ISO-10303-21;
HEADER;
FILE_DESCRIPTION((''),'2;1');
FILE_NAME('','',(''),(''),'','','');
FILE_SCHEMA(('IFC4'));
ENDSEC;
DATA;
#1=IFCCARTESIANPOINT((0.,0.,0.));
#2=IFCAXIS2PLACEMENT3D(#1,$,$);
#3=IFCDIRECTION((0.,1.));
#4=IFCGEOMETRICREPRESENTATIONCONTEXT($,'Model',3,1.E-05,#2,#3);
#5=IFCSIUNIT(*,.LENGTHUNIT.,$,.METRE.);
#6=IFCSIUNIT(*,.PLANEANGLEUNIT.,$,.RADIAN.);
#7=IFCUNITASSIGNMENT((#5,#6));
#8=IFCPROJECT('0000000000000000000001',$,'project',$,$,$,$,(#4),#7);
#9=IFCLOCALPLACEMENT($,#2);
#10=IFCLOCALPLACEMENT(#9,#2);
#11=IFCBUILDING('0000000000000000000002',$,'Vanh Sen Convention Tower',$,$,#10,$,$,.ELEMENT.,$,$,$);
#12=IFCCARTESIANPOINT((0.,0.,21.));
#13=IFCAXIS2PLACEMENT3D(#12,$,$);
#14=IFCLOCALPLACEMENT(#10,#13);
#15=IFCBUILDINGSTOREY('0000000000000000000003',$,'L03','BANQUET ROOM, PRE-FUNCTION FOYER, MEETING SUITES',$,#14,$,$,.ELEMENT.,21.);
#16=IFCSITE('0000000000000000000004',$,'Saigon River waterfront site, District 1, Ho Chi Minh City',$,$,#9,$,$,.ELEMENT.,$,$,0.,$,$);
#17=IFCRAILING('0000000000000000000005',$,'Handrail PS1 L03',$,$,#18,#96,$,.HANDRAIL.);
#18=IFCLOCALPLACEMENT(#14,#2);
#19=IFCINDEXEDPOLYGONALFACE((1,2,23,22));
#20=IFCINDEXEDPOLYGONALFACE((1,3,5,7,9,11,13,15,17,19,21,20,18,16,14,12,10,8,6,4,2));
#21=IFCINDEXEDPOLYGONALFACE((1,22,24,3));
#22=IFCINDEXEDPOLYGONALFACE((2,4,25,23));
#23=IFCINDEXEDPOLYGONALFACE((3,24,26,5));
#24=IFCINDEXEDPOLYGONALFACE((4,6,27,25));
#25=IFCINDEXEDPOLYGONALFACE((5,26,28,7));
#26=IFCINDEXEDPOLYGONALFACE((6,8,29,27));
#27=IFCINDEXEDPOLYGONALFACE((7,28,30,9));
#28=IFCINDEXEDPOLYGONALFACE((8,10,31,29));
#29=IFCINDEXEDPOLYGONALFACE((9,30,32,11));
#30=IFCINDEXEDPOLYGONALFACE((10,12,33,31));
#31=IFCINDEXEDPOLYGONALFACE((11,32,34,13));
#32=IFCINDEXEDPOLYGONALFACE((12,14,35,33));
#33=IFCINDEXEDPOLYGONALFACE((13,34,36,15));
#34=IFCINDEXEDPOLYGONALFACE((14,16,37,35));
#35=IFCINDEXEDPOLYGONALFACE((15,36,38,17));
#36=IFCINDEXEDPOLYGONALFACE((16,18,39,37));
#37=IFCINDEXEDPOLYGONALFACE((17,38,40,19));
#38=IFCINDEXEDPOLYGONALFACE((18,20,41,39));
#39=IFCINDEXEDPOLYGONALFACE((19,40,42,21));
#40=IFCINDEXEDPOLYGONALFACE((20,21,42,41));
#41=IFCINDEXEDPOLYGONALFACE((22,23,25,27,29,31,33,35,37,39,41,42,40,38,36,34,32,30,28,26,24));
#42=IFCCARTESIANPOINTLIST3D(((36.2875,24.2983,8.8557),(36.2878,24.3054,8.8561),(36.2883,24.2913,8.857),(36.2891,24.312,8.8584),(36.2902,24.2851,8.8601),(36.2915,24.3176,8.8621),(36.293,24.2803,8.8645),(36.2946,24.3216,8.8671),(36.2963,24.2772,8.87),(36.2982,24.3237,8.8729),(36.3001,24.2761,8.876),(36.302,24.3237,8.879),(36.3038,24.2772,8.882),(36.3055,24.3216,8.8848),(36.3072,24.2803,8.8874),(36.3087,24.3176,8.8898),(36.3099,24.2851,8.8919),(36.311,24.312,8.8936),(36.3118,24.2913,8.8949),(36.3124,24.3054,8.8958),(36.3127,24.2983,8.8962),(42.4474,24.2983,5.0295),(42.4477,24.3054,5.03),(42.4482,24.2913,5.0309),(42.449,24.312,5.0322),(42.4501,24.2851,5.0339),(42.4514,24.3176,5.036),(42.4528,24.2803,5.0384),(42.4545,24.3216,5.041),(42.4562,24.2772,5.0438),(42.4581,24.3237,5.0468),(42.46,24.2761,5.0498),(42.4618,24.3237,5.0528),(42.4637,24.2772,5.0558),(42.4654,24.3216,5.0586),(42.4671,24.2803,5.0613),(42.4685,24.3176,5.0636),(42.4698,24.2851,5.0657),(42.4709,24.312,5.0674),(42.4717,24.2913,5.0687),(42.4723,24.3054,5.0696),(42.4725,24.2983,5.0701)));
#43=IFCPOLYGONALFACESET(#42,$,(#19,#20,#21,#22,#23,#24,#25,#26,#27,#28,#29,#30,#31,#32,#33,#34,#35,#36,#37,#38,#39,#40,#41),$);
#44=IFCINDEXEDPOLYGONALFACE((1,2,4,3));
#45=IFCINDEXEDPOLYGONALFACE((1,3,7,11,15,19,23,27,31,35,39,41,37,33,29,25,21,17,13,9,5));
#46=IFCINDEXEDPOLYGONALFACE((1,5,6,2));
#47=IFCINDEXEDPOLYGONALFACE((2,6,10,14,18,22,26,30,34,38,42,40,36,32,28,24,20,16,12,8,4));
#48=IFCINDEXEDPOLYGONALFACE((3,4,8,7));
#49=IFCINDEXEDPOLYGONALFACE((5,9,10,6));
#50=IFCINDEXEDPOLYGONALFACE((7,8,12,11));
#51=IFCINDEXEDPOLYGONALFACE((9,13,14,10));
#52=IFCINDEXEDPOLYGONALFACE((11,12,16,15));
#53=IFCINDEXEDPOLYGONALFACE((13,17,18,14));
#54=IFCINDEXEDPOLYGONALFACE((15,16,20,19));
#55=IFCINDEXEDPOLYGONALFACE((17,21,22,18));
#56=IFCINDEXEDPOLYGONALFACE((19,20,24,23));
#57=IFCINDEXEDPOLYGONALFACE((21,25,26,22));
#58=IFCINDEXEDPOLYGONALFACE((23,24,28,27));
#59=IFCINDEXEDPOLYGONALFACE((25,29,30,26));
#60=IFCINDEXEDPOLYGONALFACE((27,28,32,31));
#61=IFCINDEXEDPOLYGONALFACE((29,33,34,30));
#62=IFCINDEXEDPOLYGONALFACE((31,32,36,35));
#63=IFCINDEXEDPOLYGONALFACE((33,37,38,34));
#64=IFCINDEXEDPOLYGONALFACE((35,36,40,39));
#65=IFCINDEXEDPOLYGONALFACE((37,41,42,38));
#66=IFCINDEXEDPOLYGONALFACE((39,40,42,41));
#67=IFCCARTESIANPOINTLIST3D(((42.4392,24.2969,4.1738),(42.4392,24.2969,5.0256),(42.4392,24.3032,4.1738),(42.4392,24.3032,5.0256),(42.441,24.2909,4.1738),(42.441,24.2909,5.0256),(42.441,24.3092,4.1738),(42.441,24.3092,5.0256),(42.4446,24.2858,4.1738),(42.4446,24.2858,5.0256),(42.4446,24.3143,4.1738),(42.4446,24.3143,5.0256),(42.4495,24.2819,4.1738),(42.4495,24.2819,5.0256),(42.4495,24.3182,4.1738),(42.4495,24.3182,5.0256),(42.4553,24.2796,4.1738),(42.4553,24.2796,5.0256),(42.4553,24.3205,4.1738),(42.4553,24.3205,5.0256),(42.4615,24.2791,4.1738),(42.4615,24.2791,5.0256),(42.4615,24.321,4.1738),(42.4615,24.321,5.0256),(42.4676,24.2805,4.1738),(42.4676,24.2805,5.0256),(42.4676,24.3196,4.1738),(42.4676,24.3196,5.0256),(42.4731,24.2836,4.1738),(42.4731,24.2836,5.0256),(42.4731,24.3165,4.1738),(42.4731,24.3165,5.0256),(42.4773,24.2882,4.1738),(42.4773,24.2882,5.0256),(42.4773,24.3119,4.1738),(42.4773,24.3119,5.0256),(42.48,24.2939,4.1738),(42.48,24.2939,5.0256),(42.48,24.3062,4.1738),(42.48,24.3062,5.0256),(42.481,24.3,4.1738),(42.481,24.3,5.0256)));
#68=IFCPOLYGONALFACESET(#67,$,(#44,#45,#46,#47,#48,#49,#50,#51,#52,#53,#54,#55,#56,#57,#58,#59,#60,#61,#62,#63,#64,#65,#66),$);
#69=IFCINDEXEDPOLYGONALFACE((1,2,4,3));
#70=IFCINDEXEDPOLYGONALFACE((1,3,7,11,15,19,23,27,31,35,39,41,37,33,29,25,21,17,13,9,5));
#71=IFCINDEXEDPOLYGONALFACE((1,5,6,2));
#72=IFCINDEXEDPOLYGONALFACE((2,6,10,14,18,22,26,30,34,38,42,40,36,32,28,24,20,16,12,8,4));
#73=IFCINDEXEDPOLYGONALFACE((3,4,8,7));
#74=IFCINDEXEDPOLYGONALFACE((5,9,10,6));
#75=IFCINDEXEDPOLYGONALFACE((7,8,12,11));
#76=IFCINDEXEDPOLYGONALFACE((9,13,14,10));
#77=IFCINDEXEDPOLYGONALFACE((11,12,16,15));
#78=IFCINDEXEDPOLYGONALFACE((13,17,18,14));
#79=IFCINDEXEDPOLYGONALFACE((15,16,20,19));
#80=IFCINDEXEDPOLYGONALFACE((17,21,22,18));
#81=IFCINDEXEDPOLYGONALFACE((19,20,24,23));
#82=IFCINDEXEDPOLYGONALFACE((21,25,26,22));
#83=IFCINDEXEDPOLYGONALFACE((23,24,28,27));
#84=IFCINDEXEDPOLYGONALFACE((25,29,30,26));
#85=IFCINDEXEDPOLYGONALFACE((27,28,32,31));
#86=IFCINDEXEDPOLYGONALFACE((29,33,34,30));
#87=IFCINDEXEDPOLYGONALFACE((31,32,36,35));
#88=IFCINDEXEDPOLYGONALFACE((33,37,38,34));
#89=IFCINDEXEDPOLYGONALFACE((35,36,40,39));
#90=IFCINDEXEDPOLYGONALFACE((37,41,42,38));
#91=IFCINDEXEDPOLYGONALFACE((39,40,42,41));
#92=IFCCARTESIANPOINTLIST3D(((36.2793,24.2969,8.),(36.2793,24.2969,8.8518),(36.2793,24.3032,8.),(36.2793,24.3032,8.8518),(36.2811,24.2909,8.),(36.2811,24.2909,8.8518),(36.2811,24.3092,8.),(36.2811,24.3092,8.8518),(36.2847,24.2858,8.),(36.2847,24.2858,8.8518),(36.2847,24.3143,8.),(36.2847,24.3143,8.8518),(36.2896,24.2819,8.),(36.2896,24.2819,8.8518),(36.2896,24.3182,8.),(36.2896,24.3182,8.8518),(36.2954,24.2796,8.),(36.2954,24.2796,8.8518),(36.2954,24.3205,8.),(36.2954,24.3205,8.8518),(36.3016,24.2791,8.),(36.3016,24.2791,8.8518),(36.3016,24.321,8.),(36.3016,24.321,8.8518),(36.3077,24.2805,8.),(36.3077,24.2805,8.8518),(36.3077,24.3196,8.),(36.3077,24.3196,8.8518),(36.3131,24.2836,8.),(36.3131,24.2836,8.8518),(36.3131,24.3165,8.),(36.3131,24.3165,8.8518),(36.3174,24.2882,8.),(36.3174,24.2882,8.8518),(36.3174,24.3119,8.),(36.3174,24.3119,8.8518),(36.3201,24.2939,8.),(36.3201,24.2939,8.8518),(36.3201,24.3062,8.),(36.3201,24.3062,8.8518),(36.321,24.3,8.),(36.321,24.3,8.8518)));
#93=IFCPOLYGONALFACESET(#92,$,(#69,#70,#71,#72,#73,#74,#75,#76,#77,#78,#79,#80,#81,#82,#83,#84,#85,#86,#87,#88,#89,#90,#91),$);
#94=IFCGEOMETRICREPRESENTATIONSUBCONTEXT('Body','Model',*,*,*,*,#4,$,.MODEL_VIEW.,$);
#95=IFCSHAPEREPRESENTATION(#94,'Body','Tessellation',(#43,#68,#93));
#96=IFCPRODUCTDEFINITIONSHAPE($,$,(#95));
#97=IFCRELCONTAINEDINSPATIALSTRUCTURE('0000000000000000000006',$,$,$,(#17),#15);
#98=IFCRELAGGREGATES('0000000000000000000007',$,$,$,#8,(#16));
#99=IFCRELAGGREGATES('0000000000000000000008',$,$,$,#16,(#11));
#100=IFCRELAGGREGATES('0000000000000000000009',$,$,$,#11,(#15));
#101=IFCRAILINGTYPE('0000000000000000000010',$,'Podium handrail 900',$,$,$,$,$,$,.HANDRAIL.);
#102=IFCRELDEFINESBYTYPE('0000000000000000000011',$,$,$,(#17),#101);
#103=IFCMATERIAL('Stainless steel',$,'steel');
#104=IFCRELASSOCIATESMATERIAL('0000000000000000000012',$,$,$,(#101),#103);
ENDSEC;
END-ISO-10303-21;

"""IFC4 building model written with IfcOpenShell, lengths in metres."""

from ifc_helpers import new_model, si_unit, direction, frame, origin, origin_2d, place, context, subcontext, project, spatial, circle, extrude, material, type_object, element, save


model = new_model("IFC4")

# Units and contexts
model_context = context("Model", 3, precision=1e-05, world=origin(), true_north=direction((0.0, 1.0)))
body_context = subcontext(model_context, "Body", "Model", "MODEL_VIEW")
ifc_project = project(units=[si_unit("LENGTHUNIT", "METRE"), si_unit("PLANEANGLEUNIT", "RADIAN")], contexts=[model_context])

# Site, building, storey
site_placement = place(None, origin())
site = spatial("IfcSite", under=ifc_project, at=site_placement, Name="Saigon River waterfront site, District 1, Ho Chi Minh City", CompositionType="ELEMENT", RefElevation=0.0)
building_placement = place(site_placement, origin())
building = spatial("IfcBuilding", under=site, at=building_placement, Name="Vanh Sen Convention Tower", CompositionType="ELEMENT")
storey_placement = place(building_placement, frame((0.0, 0.0, 21.0)))
storey = spatial("IfcBuildingStorey", under=building, at=storey_placement, Name="L03", Description="BANQUET ROOM, PRE-FUNCTION FOYER, MEETING SUITES", CompositionType="ELEMENT", Elevation=21.0)

# Railing
ifc_material_1 = material(Name="Stainless steel", Category="steel")
railing_type = type_object("IfcRailingType", Name="Podium handrail 900", PredefinedType="HANDRAIL", material=ifc_material_1)
for number, where, name in (
    (1, (42.46, 24.3, 4.1738), "Handrail PS1 L03"),
):
    element("IfcRailing", number, at=place(storey_placement, frame(where)), inside=storey, type_object=railing_type, Name=name, PredefinedType="HANDRAIL", context=body_context, shape_type="SweptSolid", body=[
        extrude(circle(Radius=0.0239, at=origin_2d()), frame((0.0, 0.0, 0.876), z_axis=(-0.849468, 0.0, 0.527639), x_axis=(0.0, -1.0, 0.0)), (0.0, 0.0, 1.0), 7.2515),
        extrude(circle(Radius=0.021, at=origin_2d()), origin(), (0.0, 0.0, 1.0), 0.8518),
        extrude(circle(Radius=0.021, at=origin_2d()), frame((-6.1599, 0.0, 3.8262)), (0.0, 0.0, 1.0), 0.8518),
    ])

save(model, "model.ifc")
